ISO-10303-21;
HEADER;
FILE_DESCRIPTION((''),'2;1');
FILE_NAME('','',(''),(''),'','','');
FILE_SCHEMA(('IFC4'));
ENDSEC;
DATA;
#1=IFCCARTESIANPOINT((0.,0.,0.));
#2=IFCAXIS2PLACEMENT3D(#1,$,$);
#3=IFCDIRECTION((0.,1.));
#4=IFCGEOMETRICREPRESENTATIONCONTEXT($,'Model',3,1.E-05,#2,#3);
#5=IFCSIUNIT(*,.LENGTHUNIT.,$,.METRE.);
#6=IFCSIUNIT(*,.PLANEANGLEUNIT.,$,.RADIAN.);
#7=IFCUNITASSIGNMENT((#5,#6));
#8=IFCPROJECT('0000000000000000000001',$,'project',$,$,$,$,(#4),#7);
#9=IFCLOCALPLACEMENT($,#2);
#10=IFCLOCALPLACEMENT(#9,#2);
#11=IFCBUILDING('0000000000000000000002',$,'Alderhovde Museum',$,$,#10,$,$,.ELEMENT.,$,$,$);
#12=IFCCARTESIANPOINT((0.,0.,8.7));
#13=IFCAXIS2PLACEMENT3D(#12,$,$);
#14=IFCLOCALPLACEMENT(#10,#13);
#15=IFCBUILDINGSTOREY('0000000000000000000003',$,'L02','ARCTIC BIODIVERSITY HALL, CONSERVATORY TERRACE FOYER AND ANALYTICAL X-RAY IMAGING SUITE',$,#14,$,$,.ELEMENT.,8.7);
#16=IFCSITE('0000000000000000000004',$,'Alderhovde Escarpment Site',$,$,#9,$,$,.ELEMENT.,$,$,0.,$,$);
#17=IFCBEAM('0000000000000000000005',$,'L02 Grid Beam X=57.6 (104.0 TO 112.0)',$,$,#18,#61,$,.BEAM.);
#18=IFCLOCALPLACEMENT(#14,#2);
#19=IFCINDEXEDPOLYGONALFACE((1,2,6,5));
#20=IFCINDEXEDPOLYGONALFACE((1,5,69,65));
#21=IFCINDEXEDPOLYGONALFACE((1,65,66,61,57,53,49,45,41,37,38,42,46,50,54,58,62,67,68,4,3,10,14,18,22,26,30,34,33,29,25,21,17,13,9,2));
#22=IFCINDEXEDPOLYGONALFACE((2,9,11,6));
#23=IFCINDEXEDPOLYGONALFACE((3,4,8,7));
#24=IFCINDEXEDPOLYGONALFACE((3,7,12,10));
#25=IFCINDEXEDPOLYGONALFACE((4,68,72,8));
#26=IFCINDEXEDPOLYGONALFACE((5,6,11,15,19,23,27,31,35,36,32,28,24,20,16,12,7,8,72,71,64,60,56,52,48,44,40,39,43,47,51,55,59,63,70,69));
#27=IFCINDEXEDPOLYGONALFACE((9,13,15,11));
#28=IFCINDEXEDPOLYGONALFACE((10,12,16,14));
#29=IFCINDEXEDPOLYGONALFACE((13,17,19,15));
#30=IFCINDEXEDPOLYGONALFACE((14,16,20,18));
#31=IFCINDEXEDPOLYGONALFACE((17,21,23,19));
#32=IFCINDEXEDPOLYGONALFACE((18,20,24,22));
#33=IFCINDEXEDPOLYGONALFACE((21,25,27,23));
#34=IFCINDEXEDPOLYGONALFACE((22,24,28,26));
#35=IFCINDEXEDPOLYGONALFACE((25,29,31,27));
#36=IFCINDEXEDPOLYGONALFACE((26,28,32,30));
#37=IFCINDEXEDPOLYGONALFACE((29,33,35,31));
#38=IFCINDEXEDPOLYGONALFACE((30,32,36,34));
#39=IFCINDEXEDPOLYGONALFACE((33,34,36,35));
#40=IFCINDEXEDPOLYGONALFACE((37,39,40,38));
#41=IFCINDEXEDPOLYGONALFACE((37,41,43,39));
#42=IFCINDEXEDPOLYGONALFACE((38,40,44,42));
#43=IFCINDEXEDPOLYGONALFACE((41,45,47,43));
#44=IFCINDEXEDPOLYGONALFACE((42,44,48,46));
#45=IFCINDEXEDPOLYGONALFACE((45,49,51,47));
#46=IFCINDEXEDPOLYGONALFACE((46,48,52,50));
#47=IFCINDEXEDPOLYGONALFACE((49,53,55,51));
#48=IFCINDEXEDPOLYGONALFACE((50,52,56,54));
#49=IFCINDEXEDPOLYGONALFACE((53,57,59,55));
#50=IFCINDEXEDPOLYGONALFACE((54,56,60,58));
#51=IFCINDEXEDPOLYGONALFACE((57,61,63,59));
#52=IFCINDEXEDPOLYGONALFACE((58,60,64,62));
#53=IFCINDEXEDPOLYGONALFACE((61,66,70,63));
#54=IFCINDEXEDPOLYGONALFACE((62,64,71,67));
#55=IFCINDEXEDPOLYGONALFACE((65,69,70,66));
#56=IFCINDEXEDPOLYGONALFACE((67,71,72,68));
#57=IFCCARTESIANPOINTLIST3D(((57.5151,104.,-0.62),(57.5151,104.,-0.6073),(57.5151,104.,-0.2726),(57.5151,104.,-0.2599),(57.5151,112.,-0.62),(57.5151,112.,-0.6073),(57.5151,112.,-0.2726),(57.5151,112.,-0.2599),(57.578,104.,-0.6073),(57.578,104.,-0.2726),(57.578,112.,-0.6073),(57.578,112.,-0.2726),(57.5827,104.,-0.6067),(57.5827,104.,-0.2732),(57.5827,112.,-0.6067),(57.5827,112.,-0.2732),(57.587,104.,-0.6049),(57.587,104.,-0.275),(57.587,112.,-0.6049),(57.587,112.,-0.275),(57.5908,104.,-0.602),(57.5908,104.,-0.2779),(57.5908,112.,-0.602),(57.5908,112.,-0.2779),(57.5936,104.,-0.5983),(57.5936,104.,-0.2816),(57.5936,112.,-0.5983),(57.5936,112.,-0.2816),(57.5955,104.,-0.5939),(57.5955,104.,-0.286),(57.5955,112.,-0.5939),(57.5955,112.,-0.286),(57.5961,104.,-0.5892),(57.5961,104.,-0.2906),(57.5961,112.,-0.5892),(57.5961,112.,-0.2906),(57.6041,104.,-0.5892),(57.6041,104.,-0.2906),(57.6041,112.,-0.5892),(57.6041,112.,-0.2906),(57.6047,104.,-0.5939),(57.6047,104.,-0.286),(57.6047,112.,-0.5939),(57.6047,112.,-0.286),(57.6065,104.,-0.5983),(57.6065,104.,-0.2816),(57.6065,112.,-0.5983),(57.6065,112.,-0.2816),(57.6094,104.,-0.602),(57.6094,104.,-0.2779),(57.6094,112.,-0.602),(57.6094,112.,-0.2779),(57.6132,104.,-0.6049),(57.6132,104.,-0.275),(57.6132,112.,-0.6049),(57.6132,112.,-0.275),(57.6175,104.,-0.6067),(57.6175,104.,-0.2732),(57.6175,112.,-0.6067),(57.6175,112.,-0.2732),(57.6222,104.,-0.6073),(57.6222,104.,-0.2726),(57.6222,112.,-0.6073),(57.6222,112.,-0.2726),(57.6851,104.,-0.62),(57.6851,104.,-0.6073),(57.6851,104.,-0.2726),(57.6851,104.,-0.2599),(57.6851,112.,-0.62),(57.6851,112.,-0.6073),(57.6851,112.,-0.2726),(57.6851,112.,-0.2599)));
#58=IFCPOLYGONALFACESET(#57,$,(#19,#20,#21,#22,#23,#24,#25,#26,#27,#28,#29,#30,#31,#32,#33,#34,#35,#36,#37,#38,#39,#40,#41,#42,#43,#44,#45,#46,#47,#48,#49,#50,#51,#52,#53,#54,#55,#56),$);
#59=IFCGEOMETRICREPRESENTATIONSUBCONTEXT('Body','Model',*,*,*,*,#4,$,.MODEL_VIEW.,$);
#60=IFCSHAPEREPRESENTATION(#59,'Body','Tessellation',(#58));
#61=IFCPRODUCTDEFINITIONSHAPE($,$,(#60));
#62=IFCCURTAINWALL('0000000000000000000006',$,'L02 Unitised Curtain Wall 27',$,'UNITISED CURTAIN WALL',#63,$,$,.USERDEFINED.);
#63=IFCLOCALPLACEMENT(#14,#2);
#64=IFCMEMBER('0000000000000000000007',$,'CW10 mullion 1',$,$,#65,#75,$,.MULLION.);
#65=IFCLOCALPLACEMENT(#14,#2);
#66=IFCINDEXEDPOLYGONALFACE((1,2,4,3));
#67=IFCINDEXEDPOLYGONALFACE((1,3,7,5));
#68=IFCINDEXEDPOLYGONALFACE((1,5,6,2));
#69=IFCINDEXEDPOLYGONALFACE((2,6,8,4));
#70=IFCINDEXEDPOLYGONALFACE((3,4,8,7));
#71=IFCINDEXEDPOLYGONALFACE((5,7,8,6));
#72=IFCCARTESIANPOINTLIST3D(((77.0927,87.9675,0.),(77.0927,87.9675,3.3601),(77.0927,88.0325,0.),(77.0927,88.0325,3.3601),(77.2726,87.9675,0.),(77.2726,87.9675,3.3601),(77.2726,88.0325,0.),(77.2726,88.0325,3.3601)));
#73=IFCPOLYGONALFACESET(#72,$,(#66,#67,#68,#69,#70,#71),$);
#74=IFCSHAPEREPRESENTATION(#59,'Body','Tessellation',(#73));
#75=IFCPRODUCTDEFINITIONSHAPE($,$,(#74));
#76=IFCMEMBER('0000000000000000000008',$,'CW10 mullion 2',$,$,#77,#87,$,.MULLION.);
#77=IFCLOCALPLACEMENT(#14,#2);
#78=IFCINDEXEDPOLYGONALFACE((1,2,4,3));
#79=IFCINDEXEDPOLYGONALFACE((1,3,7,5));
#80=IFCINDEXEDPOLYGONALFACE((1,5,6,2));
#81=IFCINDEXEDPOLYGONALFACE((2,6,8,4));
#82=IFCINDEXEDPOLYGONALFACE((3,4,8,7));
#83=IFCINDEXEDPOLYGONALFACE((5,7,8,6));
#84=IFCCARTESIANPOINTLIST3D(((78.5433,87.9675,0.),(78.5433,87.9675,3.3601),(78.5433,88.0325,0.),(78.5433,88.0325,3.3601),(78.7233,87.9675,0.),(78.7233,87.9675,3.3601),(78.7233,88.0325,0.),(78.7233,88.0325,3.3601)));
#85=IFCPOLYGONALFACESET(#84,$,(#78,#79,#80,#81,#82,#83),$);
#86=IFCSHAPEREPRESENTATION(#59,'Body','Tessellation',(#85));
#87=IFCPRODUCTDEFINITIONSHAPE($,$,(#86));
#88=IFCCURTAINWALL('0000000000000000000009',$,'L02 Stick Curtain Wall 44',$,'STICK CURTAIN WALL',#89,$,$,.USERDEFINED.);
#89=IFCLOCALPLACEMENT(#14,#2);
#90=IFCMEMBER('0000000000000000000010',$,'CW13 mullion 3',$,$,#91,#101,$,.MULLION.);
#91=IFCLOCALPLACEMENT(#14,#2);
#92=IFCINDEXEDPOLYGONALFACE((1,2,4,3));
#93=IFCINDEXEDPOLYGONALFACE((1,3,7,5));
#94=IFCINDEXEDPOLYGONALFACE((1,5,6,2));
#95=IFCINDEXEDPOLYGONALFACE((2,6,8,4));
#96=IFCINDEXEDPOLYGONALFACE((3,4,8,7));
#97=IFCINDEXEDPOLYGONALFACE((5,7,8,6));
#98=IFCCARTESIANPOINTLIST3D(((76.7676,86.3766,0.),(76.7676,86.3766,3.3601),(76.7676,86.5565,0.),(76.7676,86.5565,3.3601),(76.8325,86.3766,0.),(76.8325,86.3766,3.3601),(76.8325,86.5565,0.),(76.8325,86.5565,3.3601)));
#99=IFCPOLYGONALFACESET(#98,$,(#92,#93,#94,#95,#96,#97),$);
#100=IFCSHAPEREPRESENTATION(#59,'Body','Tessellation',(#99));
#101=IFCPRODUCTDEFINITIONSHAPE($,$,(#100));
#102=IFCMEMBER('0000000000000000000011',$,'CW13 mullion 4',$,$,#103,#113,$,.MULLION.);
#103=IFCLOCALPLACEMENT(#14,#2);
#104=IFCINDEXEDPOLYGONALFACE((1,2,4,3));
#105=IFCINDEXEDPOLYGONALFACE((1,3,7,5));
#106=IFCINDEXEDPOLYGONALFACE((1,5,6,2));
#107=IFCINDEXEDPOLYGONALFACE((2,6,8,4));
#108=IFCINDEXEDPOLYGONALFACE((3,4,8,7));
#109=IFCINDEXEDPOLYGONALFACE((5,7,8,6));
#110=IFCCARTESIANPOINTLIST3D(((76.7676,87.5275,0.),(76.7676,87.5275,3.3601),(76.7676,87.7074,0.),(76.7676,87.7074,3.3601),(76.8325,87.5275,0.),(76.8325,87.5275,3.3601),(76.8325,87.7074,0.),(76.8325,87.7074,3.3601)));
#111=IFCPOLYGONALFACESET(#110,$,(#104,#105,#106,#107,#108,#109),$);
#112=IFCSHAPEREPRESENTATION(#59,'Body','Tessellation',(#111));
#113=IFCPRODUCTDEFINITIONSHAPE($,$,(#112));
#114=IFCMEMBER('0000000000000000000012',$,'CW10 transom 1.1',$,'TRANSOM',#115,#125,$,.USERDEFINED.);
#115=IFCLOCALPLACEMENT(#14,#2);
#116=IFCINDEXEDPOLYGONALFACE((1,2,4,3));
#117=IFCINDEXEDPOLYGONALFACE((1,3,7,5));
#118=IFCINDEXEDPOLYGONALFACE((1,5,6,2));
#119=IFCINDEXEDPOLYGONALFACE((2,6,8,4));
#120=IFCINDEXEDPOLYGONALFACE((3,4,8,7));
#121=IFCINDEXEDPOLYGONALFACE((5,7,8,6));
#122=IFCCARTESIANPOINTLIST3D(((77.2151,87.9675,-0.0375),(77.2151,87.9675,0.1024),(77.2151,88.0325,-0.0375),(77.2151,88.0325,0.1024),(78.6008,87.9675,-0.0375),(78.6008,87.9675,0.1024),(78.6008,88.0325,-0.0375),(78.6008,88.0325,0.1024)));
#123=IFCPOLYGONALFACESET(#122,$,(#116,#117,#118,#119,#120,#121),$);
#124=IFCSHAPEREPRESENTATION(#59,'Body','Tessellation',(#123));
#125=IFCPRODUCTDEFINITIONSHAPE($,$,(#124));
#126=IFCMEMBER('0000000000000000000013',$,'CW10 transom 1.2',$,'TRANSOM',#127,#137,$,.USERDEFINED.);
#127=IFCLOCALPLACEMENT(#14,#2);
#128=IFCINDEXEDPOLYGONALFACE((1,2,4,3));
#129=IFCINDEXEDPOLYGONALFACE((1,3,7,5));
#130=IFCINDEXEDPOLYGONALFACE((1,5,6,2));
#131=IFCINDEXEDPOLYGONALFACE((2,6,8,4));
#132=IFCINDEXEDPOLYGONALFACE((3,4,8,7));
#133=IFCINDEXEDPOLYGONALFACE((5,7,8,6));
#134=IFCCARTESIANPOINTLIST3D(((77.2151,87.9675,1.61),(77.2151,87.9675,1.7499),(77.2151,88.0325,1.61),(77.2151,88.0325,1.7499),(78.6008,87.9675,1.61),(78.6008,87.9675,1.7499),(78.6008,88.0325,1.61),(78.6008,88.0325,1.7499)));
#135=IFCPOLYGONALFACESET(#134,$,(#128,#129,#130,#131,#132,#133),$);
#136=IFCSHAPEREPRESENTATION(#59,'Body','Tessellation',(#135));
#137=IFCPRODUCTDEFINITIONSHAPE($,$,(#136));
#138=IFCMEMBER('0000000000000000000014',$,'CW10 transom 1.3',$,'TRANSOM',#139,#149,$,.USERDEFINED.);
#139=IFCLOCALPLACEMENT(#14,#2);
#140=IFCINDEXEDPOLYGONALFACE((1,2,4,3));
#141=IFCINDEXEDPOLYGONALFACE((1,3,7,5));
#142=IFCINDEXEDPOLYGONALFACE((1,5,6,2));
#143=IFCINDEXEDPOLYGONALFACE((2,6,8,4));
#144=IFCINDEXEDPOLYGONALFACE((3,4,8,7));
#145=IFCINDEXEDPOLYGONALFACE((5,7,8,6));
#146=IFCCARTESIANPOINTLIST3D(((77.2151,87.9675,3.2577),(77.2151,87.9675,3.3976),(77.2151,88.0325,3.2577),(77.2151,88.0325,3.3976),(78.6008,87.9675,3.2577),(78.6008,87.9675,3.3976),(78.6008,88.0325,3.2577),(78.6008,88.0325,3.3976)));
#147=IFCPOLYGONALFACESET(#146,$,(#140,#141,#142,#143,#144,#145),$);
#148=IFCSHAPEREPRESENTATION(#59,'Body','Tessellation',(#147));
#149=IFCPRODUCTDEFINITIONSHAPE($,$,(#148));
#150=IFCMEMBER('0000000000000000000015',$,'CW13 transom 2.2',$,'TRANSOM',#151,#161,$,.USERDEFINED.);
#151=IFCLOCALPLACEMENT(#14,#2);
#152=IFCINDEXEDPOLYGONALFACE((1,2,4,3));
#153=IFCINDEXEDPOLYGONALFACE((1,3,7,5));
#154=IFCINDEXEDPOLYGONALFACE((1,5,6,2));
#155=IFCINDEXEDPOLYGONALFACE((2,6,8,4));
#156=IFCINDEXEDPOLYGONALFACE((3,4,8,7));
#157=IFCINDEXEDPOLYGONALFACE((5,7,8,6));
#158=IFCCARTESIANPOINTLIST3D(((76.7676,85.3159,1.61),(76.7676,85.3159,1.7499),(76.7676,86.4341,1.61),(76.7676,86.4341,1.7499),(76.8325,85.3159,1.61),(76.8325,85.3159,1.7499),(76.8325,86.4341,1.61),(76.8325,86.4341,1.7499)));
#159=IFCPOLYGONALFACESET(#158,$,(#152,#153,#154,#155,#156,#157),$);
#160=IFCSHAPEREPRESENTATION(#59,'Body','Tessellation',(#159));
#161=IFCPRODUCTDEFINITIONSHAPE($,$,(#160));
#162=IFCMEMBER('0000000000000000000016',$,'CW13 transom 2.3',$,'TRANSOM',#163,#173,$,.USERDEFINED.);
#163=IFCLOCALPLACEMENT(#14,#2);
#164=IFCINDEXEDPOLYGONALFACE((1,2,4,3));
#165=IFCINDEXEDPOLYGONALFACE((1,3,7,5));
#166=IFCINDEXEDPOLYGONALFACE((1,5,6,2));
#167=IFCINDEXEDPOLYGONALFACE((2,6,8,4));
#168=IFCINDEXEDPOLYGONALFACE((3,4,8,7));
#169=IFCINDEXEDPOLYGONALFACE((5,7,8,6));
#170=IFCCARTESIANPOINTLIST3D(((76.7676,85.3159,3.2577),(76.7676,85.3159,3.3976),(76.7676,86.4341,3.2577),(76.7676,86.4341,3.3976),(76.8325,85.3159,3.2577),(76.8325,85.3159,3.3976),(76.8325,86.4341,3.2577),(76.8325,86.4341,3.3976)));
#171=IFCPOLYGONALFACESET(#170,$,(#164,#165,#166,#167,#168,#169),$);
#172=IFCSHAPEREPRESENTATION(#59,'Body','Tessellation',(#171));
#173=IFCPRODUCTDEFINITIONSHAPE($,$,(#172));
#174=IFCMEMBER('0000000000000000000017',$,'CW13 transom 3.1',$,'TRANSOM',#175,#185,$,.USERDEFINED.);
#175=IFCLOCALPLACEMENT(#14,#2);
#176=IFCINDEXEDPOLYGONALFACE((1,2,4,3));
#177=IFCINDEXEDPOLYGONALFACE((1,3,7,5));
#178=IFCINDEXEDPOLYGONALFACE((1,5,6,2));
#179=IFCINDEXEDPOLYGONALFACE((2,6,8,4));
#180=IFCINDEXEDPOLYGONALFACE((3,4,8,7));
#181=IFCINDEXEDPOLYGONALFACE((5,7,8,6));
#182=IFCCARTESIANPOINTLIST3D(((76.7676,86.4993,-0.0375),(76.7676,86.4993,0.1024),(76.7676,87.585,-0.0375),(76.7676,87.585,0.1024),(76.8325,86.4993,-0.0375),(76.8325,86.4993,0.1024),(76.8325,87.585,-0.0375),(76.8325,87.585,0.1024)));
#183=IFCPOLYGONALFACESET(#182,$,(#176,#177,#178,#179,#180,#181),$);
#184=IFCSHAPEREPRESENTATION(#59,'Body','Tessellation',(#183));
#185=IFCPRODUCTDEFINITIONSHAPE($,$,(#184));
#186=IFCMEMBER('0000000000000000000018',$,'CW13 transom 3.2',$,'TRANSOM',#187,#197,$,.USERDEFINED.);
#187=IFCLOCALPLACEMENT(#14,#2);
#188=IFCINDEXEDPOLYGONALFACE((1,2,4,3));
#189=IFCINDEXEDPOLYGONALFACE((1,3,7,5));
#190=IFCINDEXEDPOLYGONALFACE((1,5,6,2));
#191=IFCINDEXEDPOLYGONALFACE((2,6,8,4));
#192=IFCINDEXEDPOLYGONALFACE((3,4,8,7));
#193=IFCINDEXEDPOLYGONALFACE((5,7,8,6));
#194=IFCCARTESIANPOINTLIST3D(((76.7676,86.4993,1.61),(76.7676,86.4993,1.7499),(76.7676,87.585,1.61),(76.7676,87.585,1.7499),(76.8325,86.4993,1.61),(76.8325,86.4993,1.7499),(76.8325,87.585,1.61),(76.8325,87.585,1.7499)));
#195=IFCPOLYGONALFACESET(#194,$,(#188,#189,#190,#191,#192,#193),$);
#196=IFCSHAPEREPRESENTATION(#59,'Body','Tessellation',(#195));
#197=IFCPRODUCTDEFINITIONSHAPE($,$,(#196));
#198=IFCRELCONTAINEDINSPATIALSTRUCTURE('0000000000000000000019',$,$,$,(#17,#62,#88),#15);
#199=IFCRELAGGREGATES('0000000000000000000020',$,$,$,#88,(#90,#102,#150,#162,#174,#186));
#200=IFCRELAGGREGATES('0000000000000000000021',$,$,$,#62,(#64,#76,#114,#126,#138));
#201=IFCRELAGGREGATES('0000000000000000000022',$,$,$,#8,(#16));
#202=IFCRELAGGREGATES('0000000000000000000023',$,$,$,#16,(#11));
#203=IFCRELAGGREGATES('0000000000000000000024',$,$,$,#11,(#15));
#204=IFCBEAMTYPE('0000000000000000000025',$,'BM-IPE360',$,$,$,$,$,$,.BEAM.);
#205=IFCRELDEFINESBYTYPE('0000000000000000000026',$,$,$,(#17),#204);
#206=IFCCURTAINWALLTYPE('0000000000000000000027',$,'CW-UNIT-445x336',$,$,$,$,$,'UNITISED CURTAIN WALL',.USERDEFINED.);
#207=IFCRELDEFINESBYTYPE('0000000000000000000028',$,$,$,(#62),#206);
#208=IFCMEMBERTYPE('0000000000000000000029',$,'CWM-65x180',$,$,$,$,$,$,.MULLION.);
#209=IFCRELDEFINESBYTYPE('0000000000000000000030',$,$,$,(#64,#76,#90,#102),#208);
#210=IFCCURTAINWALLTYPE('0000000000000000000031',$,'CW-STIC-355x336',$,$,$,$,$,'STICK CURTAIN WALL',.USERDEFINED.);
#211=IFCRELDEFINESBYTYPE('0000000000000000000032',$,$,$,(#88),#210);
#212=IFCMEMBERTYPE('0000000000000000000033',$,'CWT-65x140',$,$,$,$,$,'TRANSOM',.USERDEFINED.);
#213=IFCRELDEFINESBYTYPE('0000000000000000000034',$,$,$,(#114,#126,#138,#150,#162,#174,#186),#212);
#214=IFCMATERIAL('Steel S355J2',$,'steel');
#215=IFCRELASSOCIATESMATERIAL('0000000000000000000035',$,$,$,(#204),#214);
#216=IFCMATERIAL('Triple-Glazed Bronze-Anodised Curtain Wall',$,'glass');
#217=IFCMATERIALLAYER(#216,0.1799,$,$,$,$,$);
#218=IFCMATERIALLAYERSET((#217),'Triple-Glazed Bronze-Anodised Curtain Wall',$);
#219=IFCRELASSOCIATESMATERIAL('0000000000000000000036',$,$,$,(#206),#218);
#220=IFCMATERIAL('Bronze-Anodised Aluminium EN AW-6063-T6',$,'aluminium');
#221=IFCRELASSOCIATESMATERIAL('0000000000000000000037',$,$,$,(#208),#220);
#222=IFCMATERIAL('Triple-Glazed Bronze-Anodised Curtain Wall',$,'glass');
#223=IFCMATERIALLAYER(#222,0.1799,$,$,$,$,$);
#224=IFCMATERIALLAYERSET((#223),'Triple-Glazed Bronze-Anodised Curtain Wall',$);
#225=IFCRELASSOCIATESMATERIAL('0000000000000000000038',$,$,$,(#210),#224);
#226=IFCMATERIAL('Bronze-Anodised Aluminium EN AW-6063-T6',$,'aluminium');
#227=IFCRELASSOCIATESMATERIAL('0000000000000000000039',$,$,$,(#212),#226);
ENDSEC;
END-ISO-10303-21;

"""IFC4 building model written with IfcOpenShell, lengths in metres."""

from ifc_helpers import new_model, si_unit, direction, frame, origin, origin_2d, place, context, subcontext, project, spatial, rectangle, i_section, extrude, material, layer, layer_set, material_profile, profile_set, type_object, element, aggregate, save


model = new_model("IFC4")

# Units and contexts
model_context = context("Model", 3, precision=1e-05, world=origin(), true_north=direction((0.0, 1.0)))
body_context = subcontext(model_context, "Body", "Model", "MODEL_VIEW")
ifc_project = project(units=[si_unit("LENGTHUNIT", "METRE"), si_unit("PLANEANGLEUNIT", "RADIAN")], contexts=[model_context])

# Site, building, storey
site_placement = place(None, origin())
site = spatial("IfcSite", under=ifc_project, at=site_placement, Name="Alderhovde Escarpment Site", CompositionType="ELEMENT", RefElevation=0.0)
building_placement = place(site_placement, origin())
building = spatial("IfcBuilding", under=site, at=building_placement, Name="Alderhovde Museum", CompositionType="ELEMENT")
storey_placement = place(building_placement, frame((0.0, 0.0, 8.7)))
storey = spatial("IfcBuildingStorey", under=building, at=storey_placement, Name="L02", Description="ARCTIC BIODIVERSITY HALL, CONSERVATORY TERRACE FOYER AND ANALYTICAL X-RAY IMAGING SUITE", CompositionType="ELEMENT", Elevation=8.7)

# Beam
ifc_material_1 = material(Name="Steel S355J2", Category="steel")
ifc_material_profile_1 = material_profile(ifc_material_1, i_section(OverallWidth=0.1699, OverallDepth=0.3601, WebThickness=0.0081, FlangeThickness=0.0127, FilletRadius=0.0181, at=origin_2d()), Name="IPE 360")
ifc_profile_set_1 = profile_set([ifc_material_profile_1], Name="Steel S355J2")
beam_type_1 = type_object("IfcBeamType", Name="BM-IPE360", PredefinedType="BEAM", material=ifc_profile_set_1)
for number, where, z_axis, x_axis, name in (
    (1, (57.6001, 104.0, -0.4399), (0.0, 1.0, 0.0), (-1.0, 0.0, 0.0), "L02 Grid Beam X=57.6 (104.0 TO 112.0)"),
):
    element("IfcBeam", number, at=place(storey_placement, frame(where, z_axis=z_axis, x_axis=x_axis)), inside=storey, type_object=beam_type_1, Name=name, PredefinedType="BEAM", context=body_context, shape_type="SweptSolid", body=[
        extrude(i_section(OverallWidth=0.1699, OverallDepth=0.3601, WebThickness=0.0081, FlangeThickness=0.0127, FilletRadius=0.0181, at=origin_2d()), origin(), (0.0, 0.0, 1.0), 8.0),
    ])

# Curtain walls, members
ifc_material_2 = material(Name="Triple-Glazed Bronze-Anodised Curtain Wall", Category="glass")
ifc_layer_1 = layer(ifc_material_2, 0.1799)
ifc_layer_set_1 = layer_set([ifc_layer_1], Name="Triple-Glazed Bronze-Anodised Curtain Wall")
curtain_wall_type_1 = type_object("IfcCurtainWallType", Name="CW-UNIT-445x336", ElementType="UNITISED CURTAIN WALL", PredefinedType="USERDEFINED", material=ifc_layer_set_1)
curtain_wall_1_placement = place(storey_placement, origin())
curtain_wall_1 = element("IfcCurtainWall", 2, at=curtain_wall_1_placement, inside=storey, type_object=curtain_wall_type_1, Name="L02 Unitised Curtain Wall 27", ObjectType="UNITISED CURTAIN WALL", PredefinedType="USERDEFINED")
ifc_material_3 = material(Name="Bronze-Anodised Aluminium EN AW-6063-T6", Category="aluminium")
ifc_material_profile_2 = material_profile(ifc_material_3, rectangle(XDim=0.0649, YDim=0.1799, at=origin_2d()), Name="MULLION 65x180")
ifc_profile_set_2 = profile_set([ifc_material_profile_2], Name="Bronze-Anodised Aluminium EN AW-6063-T6")
member_type_1 = type_object("IfcMemberType", Name="CWM-65x180", PredefinedType="MULLION", material=ifc_profile_set_2)
member_1_placement = place(storey_placement, frame((77.1826, 88.0, 0.0), z_axis=(0.0, 0.0, 1.0), x_axis=(0.0, 1.0, 0.0)))
member_1 = element("IfcMember", 3, at=member_1_placement, type_object=member_type_1, Name="CW10 mullion 1", PredefinedType="MULLION", context=body_context, shape_type="SweptSolid", body=[
    extrude(rectangle(XDim=0.0649, YDim=0.1799, at=origin_2d()), origin(), (0.0, 0.0, 1.0), 3.3601),
])
member_2_placement = place(storey_placement, frame((78.6333, 88.0, 0.0), z_axis=(0.0, 0.0, 1.0), x_axis=(0.0, 1.0, 0.0)))
member_2 = element("IfcMember", 4, at=member_2_placement, type_object=member_type_1, Name="CW10 mullion 2", PredefinedType="MULLION", context=body_context, shape_type="SweptSolid", body=[
    extrude(rectangle(XDim=0.0649, YDim=0.1799, at=origin_2d()), origin(), (0.0, 0.0, 1.0), 3.3601),
])
ifc_material_4 = material(Name="Triple-Glazed Bronze-Anodised Curtain Wall", Category="glass")
ifc_layer_2 = layer(ifc_material_4, 0.1799)
ifc_layer_set_2 = layer_set([ifc_layer_2], Name="Triple-Glazed Bronze-Anodised Curtain Wall")
curtain_wall_type_2 = type_object("IfcCurtainWallType", Name="CW-STIC-355x336", ElementType="STICK CURTAIN WALL", PredefinedType="USERDEFINED", material=ifc_layer_set_2)
curtain_wall_2_placement = place(storey_placement, origin())
curtain_wall_2 = element("IfcCurtainWall", 5, at=curtain_wall_2_placement, inside=storey, type_object=curtain_wall_type_2, Name="L02 Stick Curtain Wall 44", ObjectType="STICK CURTAIN WALL", PredefinedType="USERDEFINED")
member_3_placement = place(storey_placement, frame((76.8, 86.4666, 0.0), z_axis=(0.0, 0.0, 1.0), x_axis=(-1.0, 0.0, 0.0)))
member_3 = element("IfcMember", 6, at=member_3_placement, type_object=member_type_1, Name="CW13 mullion 3", PredefinedType="MULLION", context=body_context, shape_type="SweptSolid", body=[
    extrude(rectangle(XDim=0.0649, YDim=0.1799, at=origin_2d()), origin(), (0.0, 0.0, 1.0), 3.3601),
])
member_4_placement = place(storey_placement, frame((76.8, 87.6174, 0.0), z_axis=(0.0, 0.0, 1.0), x_axis=(-1.0, 0.0, 0.0)))
member_4 = element("IfcMember", 7, at=member_4_placement, type_object=member_type_1, Name="CW13 mullion 4", PredefinedType="MULLION", context=body_context, shape_type="SweptSolid", body=[
    extrude(rectangle(XDim=0.0649, YDim=0.1799, at=origin_2d()), origin(), (0.0, 0.0, 1.0), 3.3601),
])

# Members
ifc_material_5 = material(Name="Bronze-Anodised Aluminium EN AW-6063-T6", Category="aluminium")
ifc_material_profile_3 = material_profile(ifc_material_5, rectangle(XDim=0.0649, YDim=0.1399, at=origin_2d()), Name="TRANSOM 65x140")
ifc_profile_set_3 = profile_set([ifc_material_profile_3], Name="Bronze-Anodised Aluminium EN AW-6063-T6")
member_type_2 = type_object("IfcMemberType", Name="CWT-65x140", ElementType="TRANSOM", PredefinedType="USERDEFINED", material=ifc_profile_set_3)
member_5_placement = place(storey_placement, frame((77.2151, 88.0, 0.0325), z_axis=(1.0, 0.0, 0.0), x_axis=(0.0, 1.0, 0.0)))
member_5 = element("IfcMember", 8, at=member_5_placement, type_object=member_type_2, Name="CW10 transom 1.1", ObjectType="TRANSOM", PredefinedType="USERDEFINED", context=body_context, shape_type="SweptSolid", body=[
    extrude(rectangle(XDim=0.0649, YDim=0.1399, at=origin_2d()), origin(), (0.0, 0.0, 1.0), 1.3857),
])
member_6_placement = place(storey_placement, frame((77.2151, 88.0, 1.6799), z_axis=(1.0, 0.0, 0.0), x_axis=(0.0, 1.0, 0.0)))
member_6 = element("IfcMember", 9, at=member_6_placement, type_object=member_type_2, Name="CW10 transom 1.2", ObjectType="TRANSOM", PredefinedType="USERDEFINED", context=body_context, shape_type="SweptSolid", body=[
    extrude(rectangle(XDim=0.0649, YDim=0.1399, at=origin_2d()), origin(), (0.0, 0.0, 1.0), 1.3857),
])
member_7_placement = place(storey_placement, frame((77.2151, 88.0, 3.3276), z_axis=(1.0, 0.0, 0.0), x_axis=(0.0, 1.0, 0.0)))
member_7 = element("IfcMember", 10, at=member_7_placement, type_object=member_type_2, Name="CW10 transom 1.3", ObjectType="TRANSOM", PredefinedType="USERDEFINED", context=body_context, shape_type="SweptSolid", body=[
    extrude(rectangle(XDim=0.0649, YDim=0.1399, at=origin_2d()), origin(), (0.0, 0.0, 1.0), 1.3857),
])
member_8_placement = place(storey_placement, frame((76.8, 85.3159, 1.6799), z_axis=(0.0, 1.0, 0.0), x_axis=(-1.0, 0.0, 0.0)))
member_8 = element("IfcMember", 11, at=member_8_placement, type_object=member_type_2, Name="CW13 transom 2.2", ObjectType="TRANSOM", PredefinedType="USERDEFINED", context=body_context, shape_type="SweptSolid", body=[
    extrude(rectangle(XDim=0.0649, YDim=0.1399, at=origin_2d()), origin(), (0.0, 0.0, 1.0), 1.1182),
])
member_9_placement = place(storey_placement, frame((76.8, 85.3159, 3.3276), z_axis=(0.0, 1.0, 0.0), x_axis=(-1.0, 0.0, 0.0)))
member_9 = element("IfcMember", 12, at=member_9_placement, type_object=member_type_2, Name="CW13 transom 2.3", ObjectType="TRANSOM", PredefinedType="USERDEFINED", context=body_context, shape_type="SweptSolid", body=[
    extrude(rectangle(XDim=0.0649, YDim=0.1399, at=origin_2d()), origin(), (0.0, 0.0, 1.0), 1.1182),
])
member_10_placement = place(storey_placement, frame((76.8, 86.4993, 0.0325), z_axis=(0.0, 1.0, 0.0), x_axis=(-1.0, 0.0, 0.0)))
member_10 = element("IfcMember", 13, at=member_10_placement, type_object=member_type_2, Name="CW13 transom 3.1", ObjectType="TRANSOM", PredefinedType="USERDEFINED", context=body_context, shape_type="SweptSolid", body=[
    extrude(rectangle(XDim=0.0649, YDim=0.1399, at=origin_2d()), origin(), (0.0, 0.0, 1.0), 1.0857),
])
member_11_placement = place(storey_placement, frame((76.8, 86.4993, 1.6799), z_axis=(0.0, 1.0, 0.0), x_axis=(-1.0, 0.0, 0.0)))
member_11 = element("IfcMember", 14, at=member_11_placement, type_object=member_type_2, Name="CW13 transom 3.2", ObjectType="TRANSOM", PredefinedType="USERDEFINED", context=body_context, shape_type="SweptSolid", body=[
    extrude(rectangle(XDim=0.0649, YDim=0.1399, at=origin_2d()), origin(), (0.0, 0.0, 1.0), 1.0857),
])

aggregate(curtain_wall_2, [member_3, member_4, member_8, member_9, member_10, member_11])
aggregate(curtain_wall_1, [member_1, member_2, member_5, member_6, member_7])

save(model, "model.ifc")
